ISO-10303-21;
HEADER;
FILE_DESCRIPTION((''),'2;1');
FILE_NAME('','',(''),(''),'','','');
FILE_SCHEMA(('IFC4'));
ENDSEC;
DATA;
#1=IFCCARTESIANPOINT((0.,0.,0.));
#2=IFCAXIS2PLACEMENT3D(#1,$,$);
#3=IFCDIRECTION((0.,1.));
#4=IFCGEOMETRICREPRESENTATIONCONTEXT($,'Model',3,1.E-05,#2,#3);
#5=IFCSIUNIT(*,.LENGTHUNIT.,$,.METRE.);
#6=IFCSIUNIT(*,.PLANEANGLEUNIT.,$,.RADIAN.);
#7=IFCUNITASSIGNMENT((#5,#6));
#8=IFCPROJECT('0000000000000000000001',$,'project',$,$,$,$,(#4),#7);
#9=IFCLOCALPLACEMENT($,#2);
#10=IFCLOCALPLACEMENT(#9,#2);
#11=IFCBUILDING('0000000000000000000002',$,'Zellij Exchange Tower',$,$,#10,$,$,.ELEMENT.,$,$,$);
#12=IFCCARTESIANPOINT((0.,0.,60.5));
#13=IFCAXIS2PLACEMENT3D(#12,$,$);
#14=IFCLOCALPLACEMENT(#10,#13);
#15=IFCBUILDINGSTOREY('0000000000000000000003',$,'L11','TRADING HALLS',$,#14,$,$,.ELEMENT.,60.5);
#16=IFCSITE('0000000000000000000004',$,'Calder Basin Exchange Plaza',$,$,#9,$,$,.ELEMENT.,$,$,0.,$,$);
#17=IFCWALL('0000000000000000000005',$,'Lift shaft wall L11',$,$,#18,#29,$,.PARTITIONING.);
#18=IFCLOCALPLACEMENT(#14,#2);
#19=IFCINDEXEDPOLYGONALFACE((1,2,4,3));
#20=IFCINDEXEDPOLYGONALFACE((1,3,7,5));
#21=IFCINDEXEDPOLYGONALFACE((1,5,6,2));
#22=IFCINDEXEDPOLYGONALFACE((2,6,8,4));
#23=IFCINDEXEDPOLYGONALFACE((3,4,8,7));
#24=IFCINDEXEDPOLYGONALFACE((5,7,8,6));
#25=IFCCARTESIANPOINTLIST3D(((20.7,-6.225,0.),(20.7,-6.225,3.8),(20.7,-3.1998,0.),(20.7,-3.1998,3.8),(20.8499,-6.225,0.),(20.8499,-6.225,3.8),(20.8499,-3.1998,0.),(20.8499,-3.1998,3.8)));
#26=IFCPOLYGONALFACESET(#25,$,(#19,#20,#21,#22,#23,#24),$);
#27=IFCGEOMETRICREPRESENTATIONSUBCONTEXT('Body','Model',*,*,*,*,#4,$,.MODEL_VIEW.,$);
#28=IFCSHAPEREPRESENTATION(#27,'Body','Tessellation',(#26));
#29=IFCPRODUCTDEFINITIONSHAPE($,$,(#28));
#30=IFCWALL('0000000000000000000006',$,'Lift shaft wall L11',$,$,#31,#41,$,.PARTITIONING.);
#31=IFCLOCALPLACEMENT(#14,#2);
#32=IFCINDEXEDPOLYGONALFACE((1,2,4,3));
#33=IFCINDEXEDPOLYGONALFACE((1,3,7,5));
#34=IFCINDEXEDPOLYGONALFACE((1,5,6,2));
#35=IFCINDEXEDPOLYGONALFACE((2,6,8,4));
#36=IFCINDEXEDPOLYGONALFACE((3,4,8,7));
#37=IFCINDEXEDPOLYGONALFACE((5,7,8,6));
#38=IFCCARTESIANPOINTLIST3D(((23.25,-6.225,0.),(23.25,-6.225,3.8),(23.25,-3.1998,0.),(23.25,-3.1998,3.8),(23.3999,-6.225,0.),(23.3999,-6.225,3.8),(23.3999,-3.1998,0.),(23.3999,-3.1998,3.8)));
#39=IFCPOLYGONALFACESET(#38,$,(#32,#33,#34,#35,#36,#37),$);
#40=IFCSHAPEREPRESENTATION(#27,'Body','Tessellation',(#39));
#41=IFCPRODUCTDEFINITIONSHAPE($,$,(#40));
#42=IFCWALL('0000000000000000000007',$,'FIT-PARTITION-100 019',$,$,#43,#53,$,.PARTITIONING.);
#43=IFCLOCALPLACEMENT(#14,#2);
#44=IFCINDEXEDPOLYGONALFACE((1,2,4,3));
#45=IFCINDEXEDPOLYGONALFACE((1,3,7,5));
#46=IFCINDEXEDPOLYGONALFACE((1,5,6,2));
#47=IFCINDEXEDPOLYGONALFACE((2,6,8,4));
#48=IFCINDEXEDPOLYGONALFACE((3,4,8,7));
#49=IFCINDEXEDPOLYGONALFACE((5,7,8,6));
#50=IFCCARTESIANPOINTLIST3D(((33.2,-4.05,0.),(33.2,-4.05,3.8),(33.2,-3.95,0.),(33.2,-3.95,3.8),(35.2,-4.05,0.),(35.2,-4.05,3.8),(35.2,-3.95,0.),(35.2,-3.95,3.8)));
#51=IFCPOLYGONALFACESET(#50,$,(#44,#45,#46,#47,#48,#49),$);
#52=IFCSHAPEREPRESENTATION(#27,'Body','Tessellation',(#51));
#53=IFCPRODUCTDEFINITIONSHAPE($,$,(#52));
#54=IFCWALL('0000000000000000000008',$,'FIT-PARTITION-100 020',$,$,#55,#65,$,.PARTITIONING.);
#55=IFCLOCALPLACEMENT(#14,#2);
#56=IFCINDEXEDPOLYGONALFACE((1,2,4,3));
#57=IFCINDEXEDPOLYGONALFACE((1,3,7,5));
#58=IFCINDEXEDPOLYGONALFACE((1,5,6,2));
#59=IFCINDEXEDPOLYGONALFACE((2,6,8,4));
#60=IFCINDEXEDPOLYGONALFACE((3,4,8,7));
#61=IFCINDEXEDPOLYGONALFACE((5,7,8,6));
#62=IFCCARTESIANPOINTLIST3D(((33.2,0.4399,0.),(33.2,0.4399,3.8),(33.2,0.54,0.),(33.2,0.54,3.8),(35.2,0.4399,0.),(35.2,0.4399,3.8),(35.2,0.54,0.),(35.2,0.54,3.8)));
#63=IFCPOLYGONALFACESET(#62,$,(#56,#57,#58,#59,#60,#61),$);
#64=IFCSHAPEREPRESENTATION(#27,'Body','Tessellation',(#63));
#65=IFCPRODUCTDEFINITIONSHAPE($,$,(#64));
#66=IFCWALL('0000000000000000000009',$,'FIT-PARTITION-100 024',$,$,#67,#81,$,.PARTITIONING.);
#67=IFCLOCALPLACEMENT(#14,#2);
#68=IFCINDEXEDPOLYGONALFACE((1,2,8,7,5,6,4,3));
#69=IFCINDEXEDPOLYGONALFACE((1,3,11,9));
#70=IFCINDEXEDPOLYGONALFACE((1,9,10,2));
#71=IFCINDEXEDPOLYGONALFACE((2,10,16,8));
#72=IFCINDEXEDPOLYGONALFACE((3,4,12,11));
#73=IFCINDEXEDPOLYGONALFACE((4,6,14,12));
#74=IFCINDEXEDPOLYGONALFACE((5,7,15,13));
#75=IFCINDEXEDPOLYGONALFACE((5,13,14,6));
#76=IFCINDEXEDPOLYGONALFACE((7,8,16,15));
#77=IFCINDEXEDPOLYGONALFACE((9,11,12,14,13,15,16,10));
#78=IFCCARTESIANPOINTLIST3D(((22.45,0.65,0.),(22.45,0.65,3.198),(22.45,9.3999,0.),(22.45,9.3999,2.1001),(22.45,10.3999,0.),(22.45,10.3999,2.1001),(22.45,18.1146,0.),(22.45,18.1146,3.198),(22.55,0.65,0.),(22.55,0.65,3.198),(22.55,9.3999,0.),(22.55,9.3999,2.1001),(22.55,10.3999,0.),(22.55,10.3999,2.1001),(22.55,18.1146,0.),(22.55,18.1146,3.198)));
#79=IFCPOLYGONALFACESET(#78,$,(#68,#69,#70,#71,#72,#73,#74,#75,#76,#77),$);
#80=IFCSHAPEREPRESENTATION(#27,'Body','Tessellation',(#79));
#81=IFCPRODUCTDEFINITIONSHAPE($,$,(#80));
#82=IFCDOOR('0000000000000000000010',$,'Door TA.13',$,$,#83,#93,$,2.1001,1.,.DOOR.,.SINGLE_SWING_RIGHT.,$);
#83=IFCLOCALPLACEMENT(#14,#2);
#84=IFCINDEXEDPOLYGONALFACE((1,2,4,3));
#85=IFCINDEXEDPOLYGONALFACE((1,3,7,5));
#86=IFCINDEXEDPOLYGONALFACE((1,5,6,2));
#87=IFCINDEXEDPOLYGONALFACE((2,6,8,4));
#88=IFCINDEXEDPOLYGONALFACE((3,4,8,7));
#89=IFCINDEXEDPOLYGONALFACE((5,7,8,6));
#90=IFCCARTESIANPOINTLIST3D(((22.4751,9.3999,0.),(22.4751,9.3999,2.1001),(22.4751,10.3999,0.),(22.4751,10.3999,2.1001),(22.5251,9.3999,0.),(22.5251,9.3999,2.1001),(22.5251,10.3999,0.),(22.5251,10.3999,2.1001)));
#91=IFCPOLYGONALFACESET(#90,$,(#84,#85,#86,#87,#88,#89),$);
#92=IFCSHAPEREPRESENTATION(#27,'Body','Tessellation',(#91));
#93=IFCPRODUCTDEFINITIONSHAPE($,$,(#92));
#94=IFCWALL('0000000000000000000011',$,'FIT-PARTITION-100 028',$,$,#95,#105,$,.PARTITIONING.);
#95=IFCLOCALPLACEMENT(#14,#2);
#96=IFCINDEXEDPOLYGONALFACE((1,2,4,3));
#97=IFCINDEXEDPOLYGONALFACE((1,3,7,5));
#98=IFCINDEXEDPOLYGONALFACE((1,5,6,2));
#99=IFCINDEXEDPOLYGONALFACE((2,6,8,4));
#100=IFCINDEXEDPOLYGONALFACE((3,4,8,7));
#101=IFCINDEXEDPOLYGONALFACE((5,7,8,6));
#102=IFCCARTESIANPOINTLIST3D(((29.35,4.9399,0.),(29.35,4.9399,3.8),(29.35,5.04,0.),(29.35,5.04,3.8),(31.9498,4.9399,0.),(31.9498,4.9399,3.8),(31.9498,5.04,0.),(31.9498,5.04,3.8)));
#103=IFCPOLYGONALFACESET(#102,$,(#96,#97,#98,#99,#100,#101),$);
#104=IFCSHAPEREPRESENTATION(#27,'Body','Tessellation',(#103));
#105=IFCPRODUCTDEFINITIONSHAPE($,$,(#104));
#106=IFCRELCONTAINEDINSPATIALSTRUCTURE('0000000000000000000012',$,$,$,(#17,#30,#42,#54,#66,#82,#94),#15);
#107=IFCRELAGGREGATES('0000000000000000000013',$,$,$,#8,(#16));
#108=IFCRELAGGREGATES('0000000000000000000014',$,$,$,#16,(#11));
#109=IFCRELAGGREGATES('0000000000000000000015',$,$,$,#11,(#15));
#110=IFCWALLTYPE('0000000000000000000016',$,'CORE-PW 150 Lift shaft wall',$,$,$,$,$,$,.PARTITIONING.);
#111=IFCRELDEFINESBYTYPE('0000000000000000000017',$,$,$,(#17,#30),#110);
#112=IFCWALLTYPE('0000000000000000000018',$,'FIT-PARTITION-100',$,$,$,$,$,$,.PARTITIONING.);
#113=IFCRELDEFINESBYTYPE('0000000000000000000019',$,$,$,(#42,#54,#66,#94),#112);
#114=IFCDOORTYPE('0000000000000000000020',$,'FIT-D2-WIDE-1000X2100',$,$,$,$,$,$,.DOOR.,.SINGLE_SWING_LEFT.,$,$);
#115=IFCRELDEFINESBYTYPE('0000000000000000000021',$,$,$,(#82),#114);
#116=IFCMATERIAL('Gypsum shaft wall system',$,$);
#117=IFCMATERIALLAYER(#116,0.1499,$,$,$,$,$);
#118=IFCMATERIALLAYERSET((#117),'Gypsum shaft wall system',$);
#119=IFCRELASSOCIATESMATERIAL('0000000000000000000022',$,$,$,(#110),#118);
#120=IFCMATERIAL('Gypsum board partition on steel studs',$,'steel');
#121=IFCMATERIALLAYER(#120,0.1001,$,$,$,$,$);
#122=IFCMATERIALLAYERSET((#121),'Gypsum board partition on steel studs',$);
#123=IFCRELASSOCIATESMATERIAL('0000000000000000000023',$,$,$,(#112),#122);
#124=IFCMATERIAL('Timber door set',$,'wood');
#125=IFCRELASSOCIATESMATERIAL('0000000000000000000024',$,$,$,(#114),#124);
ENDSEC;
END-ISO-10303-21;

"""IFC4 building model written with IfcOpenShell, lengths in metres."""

from ifc_helpers import new_model, si_unit, direction, frame, frame_2d, origin, place, context, subcontext, project, spatial, rectangle, extrude, material, layer, layer_set, type_object, element, fill, save


model = new_model("IFC4")

# Units and contexts
model_context = context("Model", 3, precision=1e-05, world=origin(), true_north=direction((0.0, 1.0)))
body_context = subcontext(model_context, "Body", "Model", "MODEL_VIEW")
ifc_project = project(units=[si_unit("LENGTHUNIT", "METRE"), si_unit("PLANEANGLEUNIT", "RADIAN")], contexts=[model_context])

# Site, building, storey
site_placement = place(None, origin())
site = spatial("IfcSite", under=ifc_project, at=site_placement, Name="Calder Basin Exchange Plaza", CompositionType="ELEMENT", RefElevation=0.0)
building_placement = place(site_placement, origin())
building = spatial("IfcBuilding", under=site, at=building_placement, Name="Zellij Exchange Tower", CompositionType="ELEMENT")
storey_placement = place(building_placement, frame((0.0, 0.0, 60.5)))
storey = spatial("IfcBuildingStorey", under=building, at=storey_placement, Name="L11", Description="TRADING HALLS", CompositionType="ELEMENT", Elevation=60.5)

# Walls
ifc_material_1 = material(Name="Gypsum shaft wall system")
ifc_layer_1 = layer(ifc_material_1, 0.1499)
ifc_layer_set_1 = layer_set([ifc_layer_1], Name="Gypsum shaft wall system")
wall_type_1 = type_object("IfcWallType", Name="CORE-PW 150 Lift shaft wall", PredefinedType="PARTITIONING", material=ifc_layer_set_1)
for number, where, z_axis, x_axis, name in (
    (1, (20.7749, -6.2251, 0.0), (0.0, 0.0, 1.0), (0.0, 1.0, 0.0), "Lift shaft wall L11"),
    (2, (23.325, -6.2251, 0.0), (0.0, 0.0, 1.0), (0.0, 1.0, 0.0), "Lift shaft wall L11"),
):
    element("IfcWall", number, at=place(storey_placement, frame(where, z_axis=z_axis, x_axis=x_axis)), inside=storey, type_object=wall_type_1, Name=name, PredefinedType="PARTITIONING", context=body_context, shape_type="SweptSolid", body=[
        extrude(rectangle(XDim=3.0251, YDim=0.1499, at=frame_2d((1.5127, 0.0))), origin(), (0.0, 0.0, 1.0), 3.8),
    ])
ifc_material_2 = material(Name="Gypsum board partition on steel studs", Category="steel")
ifc_layer_2 = layer(ifc_material_2, 0.1001)
ifc_layer_set_2 = layer_set([ifc_layer_2], Name="Gypsum board partition on steel studs")
wall_type_2 = type_object("IfcWallType", Name="FIT-PARTITION-100", PredefinedType="PARTITIONING", material=ifc_layer_set_2)
for number, where, z_axis, x_axis, name in (
    (3, (33.2, -4.0, 0.0), (0.0, 0.0, 1.0), (1.0, 0.0, 0.0), "FIT-PARTITION-100 019"),
    (4, (33.2, 0.49, 0.0), (0.0, 0.0, 1.0), (1.0, 0.0, 0.0), "FIT-PARTITION-100 020"),
):
    element("IfcWall", number, at=place(storey_placement, frame(where, z_axis=z_axis, x_axis=x_axis)), inside=storey, type_object=wall_type_2, Name=name, PredefinedType="PARTITIONING", context=body_context, shape_type="SweptSolid", body=[
        extrude(rectangle(XDim=2.0, YDim=0.1001, at=frame_2d((1.0, 0.0))), origin(), (0.0, 0.0, 1.0), 3.8),
    ])

# Wall, opening, door
wall_1_placement = place(storey_placement, frame((22.5, 0.6499, 0.0), z_axis=(0.0, 0.0, 1.0), x_axis=(0.0, 1.0, 0.0)))
wall_1 = element("IfcWall", 5, at=wall_1_placement, inside=storey, type_object=wall_type_2, Name="FIT-PARTITION-100 024", PredefinedType="PARTITIONING", context=body_context, shape_type="SweptSolid", body=[
    extrude(rectangle(XDim=17.4646, YDim=0.1001, at=frame_2d((8.7324, 0.0))), origin(), (0.0, 0.0, 1.0), 3.198),
])
opening_placement = place(wall_1_placement, frame((8.75, 0.0, 0.0)))
opening = element("IfcOpeningElement", 6, at=opening_placement, cuts=wall_1, PredefinedType="OPENING", context=body_context, shape_type="SweptSolid", body=[
    extrude(rectangle(XDim=1.0, YDim=2.1001, at=frame_2d((0.5, 1.05))), frame((0.0, 0.062, 0.0), z_axis=(0.0, -1.0, 0.0), x_axis=(1.0, 0.0, 0.0)), (0.0, 0.0, 1.0), 0.124),
])
ifc_material_3 = material(Name="Timber door set", Category="wood")
door_type = type_object("IfcDoorType", Name="FIT-D2-WIDE-1000X2100", OperationType="SINGLE_SWING_LEFT", PredefinedType="DOOR", material=ifc_material_3)
door_placement = place(opening_placement, origin())
door = element("IfcDoor", 7, at=door_placement, inside=storey, type_object=door_type, Name="Door TA.13", OperationType="SINGLE_SWING_RIGHT", OverallHeight=2.1001, OverallWidth=1.0, PredefinedType="DOOR", context=body_context, shape_type="SweptSolid", body=[
    extrude(rectangle(XDim=1.0, YDim=2.1001, at=frame_2d((0.5, 1.05))), frame((0.0, 0.0249, 0.0), z_axis=(0.0, -1.0, 0.0), x_axis=(1.0, 0.0, 0.0)), (0.0, 0.0, 1.0), 0.05),
])
fill(opening, door)

# Wall
wall_2_placement = place(storey_placement, frame((29.3501, 4.99, 0.0), z_axis=(0.0, 0.0, 1.0), x_axis=(1.0, 0.0, 0.0)))
element("IfcWall", 8, at=wall_2_placement, inside=storey, type_object=wall_type_2, Name="FIT-PARTITION-100 028", PredefinedType="PARTITIONING", context=body_context, shape_type="SweptSolid", body=[
    extrude(rectangle(XDim=2.5999, YDim=0.1001, at=frame_2d((1.2998, 0.0))), origin(), (0.0, 0.0, 1.0), 3.8),
])

save(model, "model.ifc")
